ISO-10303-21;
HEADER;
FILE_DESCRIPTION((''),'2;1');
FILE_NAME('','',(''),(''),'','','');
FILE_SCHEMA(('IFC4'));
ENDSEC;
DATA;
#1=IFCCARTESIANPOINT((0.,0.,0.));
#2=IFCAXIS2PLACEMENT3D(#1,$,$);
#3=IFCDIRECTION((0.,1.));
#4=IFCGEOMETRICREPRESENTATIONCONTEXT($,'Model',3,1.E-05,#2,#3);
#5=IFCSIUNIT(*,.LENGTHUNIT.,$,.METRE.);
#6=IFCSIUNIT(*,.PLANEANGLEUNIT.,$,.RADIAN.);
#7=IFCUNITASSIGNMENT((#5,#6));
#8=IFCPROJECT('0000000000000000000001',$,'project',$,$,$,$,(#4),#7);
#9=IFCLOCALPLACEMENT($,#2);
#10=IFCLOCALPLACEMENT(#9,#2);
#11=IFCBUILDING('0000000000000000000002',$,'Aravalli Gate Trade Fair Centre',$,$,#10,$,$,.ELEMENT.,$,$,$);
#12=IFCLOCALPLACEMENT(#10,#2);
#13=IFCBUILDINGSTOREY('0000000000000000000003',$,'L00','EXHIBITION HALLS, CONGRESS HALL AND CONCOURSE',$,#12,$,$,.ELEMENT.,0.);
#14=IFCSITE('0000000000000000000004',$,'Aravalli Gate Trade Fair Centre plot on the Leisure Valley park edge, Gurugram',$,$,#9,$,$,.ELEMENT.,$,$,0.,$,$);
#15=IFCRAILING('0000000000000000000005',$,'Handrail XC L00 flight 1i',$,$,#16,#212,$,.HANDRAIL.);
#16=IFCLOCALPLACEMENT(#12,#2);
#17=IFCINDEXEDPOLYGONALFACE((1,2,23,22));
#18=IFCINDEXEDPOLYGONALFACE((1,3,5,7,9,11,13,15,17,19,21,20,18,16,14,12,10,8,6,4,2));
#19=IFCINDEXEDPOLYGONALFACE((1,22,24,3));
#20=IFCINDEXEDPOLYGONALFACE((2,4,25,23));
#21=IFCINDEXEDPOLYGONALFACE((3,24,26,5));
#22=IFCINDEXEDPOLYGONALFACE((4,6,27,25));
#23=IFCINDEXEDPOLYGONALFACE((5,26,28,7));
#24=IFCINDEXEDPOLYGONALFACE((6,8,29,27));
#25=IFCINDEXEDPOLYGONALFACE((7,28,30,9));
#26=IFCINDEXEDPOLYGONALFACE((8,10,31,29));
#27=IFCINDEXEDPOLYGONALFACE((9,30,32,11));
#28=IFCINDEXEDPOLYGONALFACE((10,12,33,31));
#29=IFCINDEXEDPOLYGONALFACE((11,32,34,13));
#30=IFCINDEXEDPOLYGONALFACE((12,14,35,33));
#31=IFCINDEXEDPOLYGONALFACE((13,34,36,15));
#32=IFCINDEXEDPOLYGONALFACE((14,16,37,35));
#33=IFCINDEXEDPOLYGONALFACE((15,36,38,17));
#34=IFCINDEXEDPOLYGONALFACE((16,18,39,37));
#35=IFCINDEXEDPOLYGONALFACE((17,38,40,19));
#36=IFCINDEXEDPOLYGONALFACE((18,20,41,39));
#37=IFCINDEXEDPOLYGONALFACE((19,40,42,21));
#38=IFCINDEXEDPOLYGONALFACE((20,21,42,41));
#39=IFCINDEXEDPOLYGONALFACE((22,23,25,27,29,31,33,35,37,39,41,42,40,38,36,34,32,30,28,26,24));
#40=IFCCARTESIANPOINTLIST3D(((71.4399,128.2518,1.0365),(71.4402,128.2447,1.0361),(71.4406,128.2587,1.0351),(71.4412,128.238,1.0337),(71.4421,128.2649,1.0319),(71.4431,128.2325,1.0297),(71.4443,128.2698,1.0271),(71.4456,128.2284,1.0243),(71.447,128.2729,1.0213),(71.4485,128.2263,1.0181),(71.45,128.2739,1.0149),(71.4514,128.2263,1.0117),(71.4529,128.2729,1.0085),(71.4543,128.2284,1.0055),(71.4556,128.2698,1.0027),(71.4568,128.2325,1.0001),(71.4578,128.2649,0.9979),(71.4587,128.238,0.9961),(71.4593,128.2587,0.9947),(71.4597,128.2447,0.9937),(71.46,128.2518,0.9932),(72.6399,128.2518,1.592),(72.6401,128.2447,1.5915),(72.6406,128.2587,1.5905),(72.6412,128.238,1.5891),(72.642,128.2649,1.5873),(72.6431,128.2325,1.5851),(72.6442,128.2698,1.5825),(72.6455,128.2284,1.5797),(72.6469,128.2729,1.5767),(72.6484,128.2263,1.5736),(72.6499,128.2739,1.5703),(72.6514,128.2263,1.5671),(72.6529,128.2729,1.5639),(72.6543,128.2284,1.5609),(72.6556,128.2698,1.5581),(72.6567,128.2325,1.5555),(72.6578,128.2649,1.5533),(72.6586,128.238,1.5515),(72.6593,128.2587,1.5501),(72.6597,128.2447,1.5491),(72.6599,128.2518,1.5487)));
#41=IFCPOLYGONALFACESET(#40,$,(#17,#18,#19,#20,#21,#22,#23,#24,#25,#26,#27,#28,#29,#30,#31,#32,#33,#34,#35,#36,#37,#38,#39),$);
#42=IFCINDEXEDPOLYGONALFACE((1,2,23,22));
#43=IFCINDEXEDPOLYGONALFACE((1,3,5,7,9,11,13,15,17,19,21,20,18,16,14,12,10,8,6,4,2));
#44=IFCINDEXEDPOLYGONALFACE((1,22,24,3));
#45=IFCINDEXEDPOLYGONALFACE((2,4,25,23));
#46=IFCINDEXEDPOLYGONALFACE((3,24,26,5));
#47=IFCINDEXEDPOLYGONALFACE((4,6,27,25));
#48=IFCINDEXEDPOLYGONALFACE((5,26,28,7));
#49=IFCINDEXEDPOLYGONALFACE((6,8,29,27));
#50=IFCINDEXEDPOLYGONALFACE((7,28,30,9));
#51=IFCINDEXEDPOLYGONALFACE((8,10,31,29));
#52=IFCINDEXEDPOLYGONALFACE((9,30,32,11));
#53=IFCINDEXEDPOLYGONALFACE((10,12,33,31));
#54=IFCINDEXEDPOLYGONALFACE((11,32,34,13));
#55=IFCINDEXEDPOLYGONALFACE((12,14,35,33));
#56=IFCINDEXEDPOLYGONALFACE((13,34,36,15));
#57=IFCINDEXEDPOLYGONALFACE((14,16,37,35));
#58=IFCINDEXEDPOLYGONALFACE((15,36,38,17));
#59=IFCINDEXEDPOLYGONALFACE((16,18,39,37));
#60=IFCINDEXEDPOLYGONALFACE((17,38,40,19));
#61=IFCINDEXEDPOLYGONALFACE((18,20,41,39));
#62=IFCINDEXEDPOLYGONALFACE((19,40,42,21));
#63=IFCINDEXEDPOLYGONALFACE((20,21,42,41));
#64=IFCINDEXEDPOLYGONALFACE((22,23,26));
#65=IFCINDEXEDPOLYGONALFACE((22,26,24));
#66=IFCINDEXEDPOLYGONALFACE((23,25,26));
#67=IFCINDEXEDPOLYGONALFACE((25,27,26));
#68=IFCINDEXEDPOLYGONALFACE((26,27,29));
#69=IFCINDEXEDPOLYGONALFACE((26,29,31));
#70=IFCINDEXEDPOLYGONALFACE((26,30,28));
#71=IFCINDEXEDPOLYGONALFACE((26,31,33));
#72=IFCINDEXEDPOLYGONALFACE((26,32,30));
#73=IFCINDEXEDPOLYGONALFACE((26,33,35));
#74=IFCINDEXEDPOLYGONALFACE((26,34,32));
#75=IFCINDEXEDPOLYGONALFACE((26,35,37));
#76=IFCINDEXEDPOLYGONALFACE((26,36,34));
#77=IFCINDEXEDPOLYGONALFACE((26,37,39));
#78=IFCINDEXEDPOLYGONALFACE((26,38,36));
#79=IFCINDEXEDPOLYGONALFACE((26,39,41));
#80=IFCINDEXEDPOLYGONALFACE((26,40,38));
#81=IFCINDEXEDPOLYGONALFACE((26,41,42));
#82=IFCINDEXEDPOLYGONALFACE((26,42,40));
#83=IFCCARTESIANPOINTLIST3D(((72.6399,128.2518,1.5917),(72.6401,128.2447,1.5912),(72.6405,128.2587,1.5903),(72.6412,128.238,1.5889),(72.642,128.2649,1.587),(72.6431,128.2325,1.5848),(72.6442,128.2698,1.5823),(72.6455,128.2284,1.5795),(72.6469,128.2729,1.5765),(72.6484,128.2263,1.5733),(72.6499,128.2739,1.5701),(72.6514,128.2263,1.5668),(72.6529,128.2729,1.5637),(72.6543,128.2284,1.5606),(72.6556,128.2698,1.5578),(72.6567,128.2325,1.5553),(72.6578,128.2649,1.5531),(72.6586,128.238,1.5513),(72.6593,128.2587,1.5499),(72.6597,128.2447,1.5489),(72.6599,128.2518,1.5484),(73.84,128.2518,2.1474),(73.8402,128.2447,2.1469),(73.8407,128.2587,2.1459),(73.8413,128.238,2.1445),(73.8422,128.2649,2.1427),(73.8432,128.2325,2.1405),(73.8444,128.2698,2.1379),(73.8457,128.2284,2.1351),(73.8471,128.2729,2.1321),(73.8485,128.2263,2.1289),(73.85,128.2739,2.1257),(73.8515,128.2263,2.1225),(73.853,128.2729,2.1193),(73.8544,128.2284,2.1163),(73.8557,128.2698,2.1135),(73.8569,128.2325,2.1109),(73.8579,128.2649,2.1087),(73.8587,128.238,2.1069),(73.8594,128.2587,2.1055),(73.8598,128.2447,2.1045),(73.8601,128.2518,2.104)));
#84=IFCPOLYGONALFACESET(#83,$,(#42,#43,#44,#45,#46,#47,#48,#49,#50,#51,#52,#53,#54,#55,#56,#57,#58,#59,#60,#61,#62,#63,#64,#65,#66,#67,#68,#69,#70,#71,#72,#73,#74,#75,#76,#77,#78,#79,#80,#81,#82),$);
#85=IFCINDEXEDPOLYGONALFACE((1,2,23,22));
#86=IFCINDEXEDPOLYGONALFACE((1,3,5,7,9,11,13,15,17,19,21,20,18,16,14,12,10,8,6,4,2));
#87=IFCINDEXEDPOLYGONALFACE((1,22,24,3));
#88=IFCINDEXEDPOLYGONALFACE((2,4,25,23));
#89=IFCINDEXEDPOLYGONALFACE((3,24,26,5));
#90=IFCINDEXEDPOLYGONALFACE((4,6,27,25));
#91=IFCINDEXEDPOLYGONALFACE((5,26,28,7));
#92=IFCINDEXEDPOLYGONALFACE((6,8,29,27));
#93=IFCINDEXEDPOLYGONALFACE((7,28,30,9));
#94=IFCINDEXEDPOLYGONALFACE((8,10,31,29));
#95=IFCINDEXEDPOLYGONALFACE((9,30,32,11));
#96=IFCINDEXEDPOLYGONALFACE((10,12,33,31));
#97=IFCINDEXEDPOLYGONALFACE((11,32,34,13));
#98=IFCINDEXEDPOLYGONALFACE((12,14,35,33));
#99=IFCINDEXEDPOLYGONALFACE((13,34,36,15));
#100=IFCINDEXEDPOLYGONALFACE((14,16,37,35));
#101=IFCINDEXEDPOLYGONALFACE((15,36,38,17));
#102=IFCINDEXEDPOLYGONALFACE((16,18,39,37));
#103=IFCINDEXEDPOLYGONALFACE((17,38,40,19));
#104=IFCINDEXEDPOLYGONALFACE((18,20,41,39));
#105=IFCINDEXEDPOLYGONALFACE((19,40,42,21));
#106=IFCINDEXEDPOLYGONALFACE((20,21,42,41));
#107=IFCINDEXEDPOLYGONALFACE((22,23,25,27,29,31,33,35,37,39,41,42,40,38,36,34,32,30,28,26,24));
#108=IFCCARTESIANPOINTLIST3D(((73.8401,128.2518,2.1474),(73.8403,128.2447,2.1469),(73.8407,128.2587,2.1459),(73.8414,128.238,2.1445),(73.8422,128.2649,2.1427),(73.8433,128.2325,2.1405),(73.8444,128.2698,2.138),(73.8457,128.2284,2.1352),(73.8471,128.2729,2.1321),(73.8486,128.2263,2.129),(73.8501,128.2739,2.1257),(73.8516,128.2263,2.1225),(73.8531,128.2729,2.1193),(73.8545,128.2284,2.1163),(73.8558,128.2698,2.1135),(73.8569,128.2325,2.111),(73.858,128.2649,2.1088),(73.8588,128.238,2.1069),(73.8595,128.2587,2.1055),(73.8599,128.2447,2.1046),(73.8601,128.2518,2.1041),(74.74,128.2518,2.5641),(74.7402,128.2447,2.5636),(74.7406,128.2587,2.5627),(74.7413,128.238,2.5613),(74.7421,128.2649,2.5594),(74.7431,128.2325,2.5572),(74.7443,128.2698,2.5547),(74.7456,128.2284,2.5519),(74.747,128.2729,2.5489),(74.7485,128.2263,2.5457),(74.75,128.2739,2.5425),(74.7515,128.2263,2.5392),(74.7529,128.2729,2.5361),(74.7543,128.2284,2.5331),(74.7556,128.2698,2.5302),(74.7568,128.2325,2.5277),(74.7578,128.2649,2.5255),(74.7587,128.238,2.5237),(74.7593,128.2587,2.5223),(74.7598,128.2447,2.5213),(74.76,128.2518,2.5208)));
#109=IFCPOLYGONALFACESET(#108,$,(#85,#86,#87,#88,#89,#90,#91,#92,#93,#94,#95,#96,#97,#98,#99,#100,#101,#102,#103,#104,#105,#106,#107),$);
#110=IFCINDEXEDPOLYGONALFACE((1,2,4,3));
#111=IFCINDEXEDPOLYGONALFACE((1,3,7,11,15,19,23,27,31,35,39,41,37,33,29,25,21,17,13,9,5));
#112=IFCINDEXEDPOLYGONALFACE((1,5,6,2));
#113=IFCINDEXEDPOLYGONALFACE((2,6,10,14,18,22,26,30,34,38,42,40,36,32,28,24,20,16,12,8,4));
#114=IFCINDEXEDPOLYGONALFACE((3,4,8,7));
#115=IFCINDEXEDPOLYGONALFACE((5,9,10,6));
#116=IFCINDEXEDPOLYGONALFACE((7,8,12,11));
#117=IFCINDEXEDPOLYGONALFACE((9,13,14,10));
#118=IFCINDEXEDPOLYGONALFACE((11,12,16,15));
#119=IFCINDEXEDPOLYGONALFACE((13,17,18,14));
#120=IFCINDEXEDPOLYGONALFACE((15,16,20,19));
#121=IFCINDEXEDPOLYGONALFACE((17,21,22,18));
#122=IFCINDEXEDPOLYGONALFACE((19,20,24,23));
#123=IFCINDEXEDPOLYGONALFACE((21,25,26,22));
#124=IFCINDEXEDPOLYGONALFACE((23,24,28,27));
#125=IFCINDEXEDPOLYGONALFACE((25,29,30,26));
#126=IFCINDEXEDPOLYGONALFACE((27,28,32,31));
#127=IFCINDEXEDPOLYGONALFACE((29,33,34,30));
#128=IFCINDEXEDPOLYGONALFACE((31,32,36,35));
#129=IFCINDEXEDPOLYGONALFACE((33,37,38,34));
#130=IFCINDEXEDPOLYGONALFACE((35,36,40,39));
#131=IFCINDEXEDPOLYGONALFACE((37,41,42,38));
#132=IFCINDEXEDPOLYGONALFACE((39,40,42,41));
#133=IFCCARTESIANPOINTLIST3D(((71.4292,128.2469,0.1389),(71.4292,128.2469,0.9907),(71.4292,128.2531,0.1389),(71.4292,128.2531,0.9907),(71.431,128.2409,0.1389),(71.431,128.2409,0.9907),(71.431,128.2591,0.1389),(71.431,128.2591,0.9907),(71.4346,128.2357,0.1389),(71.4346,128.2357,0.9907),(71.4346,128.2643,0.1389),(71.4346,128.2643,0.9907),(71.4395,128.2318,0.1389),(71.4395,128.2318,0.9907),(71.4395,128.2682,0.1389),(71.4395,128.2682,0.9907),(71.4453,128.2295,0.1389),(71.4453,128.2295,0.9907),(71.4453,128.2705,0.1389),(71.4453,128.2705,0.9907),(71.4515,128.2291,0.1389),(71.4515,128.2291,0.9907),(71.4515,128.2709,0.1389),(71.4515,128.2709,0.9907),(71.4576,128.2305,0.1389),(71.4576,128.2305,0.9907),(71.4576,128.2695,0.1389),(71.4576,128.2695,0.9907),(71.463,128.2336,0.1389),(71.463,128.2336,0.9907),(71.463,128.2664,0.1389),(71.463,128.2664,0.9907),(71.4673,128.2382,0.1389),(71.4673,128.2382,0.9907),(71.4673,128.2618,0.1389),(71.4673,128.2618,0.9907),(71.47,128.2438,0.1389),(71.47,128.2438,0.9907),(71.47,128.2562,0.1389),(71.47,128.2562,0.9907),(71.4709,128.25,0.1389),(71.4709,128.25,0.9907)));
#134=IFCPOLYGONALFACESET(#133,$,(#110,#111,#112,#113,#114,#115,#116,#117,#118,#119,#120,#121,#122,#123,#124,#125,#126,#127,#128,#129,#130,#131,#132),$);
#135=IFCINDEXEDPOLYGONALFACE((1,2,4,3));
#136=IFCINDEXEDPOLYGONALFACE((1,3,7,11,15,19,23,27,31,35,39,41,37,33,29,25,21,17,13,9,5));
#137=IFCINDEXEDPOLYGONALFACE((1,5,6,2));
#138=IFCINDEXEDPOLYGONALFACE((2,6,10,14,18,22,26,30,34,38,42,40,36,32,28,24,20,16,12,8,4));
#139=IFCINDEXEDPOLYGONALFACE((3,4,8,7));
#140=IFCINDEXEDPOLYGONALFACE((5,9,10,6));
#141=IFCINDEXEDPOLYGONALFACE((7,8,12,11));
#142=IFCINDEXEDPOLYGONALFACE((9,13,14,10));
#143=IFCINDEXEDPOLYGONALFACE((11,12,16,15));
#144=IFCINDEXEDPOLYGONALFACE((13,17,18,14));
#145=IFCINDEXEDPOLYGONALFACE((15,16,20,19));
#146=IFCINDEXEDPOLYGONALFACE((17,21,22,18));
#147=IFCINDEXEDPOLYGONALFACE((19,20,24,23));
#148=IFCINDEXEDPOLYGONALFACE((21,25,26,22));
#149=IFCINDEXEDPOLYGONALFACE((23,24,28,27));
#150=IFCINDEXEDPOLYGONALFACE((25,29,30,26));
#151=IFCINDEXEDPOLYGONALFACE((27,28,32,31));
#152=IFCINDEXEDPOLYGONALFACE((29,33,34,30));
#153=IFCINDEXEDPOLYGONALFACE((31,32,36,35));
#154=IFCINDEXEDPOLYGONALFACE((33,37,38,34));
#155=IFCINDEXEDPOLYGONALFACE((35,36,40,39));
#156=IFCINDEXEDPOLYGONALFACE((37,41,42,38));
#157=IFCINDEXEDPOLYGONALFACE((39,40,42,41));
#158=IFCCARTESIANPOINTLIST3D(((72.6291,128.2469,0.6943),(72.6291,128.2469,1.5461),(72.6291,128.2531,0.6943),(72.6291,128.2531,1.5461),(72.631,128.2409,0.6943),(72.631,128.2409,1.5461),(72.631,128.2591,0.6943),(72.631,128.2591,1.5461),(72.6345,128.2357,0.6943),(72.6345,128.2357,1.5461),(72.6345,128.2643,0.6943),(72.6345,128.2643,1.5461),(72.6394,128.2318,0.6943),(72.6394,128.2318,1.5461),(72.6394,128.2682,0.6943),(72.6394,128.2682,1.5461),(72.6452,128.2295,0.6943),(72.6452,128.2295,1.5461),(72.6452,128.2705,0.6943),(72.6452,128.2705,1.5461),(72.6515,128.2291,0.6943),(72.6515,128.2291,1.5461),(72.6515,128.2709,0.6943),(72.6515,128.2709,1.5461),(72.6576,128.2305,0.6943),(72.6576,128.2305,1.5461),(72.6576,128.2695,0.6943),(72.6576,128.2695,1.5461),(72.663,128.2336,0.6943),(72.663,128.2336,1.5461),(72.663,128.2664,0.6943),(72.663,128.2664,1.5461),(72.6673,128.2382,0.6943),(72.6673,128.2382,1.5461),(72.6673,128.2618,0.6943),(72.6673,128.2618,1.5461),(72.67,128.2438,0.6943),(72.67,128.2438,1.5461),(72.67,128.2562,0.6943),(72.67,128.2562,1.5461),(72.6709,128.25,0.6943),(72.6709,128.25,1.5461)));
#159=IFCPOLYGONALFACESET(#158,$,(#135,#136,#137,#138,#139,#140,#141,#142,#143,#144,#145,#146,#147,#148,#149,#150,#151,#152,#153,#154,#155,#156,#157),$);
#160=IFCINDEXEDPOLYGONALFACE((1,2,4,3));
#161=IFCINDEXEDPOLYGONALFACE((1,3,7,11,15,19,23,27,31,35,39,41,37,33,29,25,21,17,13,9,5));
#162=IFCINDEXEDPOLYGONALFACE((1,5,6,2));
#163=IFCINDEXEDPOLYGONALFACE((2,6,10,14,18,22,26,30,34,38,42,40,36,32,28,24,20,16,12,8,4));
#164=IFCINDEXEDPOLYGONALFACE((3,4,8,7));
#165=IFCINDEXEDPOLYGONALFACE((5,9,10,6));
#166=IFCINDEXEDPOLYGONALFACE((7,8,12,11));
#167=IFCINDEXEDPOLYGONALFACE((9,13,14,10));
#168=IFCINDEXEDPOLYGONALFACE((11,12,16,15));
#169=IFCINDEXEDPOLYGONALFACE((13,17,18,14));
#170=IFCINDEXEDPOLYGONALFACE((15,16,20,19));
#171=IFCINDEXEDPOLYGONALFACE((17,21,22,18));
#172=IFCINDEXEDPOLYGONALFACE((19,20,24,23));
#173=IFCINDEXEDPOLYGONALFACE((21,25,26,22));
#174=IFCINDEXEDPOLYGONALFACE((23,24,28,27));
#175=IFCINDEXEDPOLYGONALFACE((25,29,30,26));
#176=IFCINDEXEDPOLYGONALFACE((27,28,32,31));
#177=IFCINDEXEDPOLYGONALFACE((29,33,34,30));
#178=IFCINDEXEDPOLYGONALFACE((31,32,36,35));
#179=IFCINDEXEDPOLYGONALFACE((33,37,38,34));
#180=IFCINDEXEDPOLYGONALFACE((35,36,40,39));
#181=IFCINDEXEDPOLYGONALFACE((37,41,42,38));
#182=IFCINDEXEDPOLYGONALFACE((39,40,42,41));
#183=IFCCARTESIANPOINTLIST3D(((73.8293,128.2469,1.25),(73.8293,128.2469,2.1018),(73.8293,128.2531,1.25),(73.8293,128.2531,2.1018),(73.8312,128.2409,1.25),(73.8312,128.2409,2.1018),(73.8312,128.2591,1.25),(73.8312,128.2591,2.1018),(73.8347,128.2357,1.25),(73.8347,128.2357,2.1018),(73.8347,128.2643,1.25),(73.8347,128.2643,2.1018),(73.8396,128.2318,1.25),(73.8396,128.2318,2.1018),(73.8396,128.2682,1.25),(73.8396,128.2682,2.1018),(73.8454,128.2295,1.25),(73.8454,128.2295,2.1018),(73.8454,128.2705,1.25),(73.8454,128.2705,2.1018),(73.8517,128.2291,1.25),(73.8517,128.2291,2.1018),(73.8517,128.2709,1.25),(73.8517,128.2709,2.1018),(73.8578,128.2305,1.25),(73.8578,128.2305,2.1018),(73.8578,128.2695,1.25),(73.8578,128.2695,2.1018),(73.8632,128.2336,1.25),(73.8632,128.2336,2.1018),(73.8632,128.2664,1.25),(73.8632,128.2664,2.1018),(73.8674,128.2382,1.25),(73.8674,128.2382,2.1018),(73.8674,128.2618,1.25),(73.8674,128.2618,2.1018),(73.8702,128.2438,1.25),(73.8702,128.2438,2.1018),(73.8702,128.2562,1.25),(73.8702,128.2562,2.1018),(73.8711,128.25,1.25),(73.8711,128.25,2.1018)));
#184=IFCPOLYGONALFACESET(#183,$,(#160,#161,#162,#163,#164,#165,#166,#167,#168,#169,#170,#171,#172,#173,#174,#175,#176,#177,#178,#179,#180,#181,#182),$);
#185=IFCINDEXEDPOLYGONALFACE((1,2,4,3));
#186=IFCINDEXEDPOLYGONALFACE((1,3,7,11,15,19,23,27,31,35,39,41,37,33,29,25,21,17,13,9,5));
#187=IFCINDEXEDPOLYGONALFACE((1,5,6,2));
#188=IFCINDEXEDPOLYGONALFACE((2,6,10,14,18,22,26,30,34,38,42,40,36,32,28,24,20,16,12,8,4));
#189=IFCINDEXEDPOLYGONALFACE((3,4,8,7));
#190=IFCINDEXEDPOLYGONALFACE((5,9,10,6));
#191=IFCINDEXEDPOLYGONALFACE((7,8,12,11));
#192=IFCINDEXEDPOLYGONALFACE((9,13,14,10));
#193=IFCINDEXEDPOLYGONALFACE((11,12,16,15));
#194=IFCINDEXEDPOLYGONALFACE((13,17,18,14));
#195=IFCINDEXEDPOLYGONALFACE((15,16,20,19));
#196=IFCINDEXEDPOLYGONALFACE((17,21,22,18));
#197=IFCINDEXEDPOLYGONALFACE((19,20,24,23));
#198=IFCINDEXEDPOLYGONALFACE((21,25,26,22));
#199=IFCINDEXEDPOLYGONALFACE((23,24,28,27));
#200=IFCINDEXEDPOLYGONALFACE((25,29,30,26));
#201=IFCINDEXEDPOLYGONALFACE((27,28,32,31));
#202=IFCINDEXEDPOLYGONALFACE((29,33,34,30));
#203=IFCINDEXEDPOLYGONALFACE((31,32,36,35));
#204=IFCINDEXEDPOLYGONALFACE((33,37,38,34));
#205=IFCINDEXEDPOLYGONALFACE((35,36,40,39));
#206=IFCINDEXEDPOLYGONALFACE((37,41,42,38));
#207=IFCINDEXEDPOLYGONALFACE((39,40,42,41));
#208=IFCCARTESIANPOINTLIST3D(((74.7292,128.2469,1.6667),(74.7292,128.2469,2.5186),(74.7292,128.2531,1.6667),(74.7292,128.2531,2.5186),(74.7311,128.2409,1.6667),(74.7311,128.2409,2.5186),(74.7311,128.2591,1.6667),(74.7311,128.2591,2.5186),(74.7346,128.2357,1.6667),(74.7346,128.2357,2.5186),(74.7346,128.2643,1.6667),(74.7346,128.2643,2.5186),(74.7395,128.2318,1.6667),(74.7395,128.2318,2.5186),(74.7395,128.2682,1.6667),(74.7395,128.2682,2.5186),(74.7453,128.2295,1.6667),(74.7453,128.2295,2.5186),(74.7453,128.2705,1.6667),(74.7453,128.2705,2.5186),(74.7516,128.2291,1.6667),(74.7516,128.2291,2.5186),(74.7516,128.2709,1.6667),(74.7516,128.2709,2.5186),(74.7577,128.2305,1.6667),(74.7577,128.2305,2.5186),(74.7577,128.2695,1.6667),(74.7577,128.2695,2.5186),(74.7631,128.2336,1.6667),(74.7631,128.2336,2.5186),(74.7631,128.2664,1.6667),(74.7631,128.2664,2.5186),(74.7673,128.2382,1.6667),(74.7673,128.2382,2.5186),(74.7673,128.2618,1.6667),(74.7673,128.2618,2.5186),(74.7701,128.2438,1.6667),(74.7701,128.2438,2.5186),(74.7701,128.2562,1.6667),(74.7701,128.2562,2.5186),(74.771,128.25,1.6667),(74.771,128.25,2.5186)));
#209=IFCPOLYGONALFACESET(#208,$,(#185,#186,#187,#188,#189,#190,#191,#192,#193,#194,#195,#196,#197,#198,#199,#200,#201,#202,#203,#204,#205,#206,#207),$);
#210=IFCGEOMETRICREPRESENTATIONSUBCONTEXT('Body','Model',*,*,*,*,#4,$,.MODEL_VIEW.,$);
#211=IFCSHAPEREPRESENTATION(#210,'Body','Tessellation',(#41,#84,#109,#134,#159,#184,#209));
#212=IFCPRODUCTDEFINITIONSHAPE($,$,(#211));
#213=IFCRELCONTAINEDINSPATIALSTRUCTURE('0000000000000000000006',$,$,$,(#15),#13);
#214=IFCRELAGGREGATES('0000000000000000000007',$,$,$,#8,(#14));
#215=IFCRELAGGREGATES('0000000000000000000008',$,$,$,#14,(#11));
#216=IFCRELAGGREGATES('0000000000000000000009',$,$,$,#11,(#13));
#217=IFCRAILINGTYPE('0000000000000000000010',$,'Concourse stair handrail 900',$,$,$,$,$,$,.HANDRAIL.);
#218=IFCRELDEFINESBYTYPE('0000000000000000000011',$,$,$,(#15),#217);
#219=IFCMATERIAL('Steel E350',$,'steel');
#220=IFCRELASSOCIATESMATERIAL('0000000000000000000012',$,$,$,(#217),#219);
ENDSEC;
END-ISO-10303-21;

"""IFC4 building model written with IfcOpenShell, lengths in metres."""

from ifc_helpers import new_model, si_unit, direction, frame, origin, origin_2d, place, context, subcontext, project, spatial, circle, extrude, material, type_object, element, save


model = new_model("IFC4")

# Units and contexts
model_context = context("Model", 3, precision=1e-05, world=origin(), true_north=direction((0.0, 1.0)))
body_context = subcontext(model_context, "Body", "Model", "MODEL_VIEW")
ifc_project = project(units=[si_unit("LENGTHUNIT", "METRE"), si_unit("PLANEANGLEUNIT", "RADIAN")], contexts=[model_context])

# Site, building, storey
site_placement = place(None, origin())
site = spatial("IfcSite", under=ifc_project, at=site_placement, Name="Aravalli Gate Trade Fair Centre plot on the Leisure Valley park edge, Gurugram", CompositionType="ELEMENT", RefElevation=0.0)
building_placement = place(site_placement, origin())
building = spatial("IfcBuilding", under=site, at=building_placement, Name="Aravalli Gate Trade Fair Centre", CompositionType="ELEMENT")
storey_placement = place(building_placement, origin())
storey = spatial("IfcBuildingStorey", under=building, at=storey_placement, Name="L00", Description="EXHIBITION HALLS, CONGRESS HALL AND CONCOURSE", CompositionType="ELEMENT", Elevation=0.0)

# Shared definitions
ifc_material_1 = material(Name="Steel E350", Category="steel")

# Railing
railing_type = type_object("IfcRailingType", Name="Concourse stair handrail 900", PredefinedType="HANDRAIL", material=ifc_material_1)
railing_1_placement = place(storey_placement, frame((71.45, 128.25, 0.1389)))
element("IfcRailing", 1, at=railing_1_placement, inside=storey, type_object=railing_type, Name="Handrail XC L00 flight 1i", PredefinedType="HANDRAIL", context=body_context, shape_type="SweptSolid", body=[
    extrude(circle(Radius=0.0239, at=origin_2d()), frame((0.0, 0.0, 0.876), z_axis=(0.907499, 0.0, 0.420053), x_axis=(0.0, 1.0, 0.0)), (0.0, 0.0, 1.0), 1.3223),
    extrude(circle(Radius=0.0239, at=origin_2d()), frame((1.2, 0.0, 1.4312), z_axis=(0.907462, 0.0, 0.420135), x_axis=(0.0, 1.0, 0.0)), (0.0, 0.0, 1.0), 1.3225),
    extrude(circle(Radius=0.0239, at=origin_2d()), frame((2.4001, 0.0, 1.9868), z_axis=(0.907418, 0.0, 0.420229), x_axis=(0.0, 1.0, 0.0)), (0.0, 0.0, 1.0), 0.9917),
    extrude(circle(Radius=0.021, at=origin_2d()), origin(), (0.0, 0.0, 1.0), 0.8518),
    extrude(circle(Radius=0.021, at=origin_2d()), frame((1.2, 0.0, 0.5554)), (0.0, 0.0, 1.0), 0.8518),
    extrude(circle(Radius=0.021, at=origin_2d()), frame((2.4001, 0.0, 1.1111)), (0.0, 0.0, 1.0), 0.8518),
    extrude(circle(Radius=0.021, at=origin_2d()), frame((3.3, 0.0, 1.5278)), (0.0, 0.0, 1.0), 0.8518),
])

save(model, "model.ifc")
